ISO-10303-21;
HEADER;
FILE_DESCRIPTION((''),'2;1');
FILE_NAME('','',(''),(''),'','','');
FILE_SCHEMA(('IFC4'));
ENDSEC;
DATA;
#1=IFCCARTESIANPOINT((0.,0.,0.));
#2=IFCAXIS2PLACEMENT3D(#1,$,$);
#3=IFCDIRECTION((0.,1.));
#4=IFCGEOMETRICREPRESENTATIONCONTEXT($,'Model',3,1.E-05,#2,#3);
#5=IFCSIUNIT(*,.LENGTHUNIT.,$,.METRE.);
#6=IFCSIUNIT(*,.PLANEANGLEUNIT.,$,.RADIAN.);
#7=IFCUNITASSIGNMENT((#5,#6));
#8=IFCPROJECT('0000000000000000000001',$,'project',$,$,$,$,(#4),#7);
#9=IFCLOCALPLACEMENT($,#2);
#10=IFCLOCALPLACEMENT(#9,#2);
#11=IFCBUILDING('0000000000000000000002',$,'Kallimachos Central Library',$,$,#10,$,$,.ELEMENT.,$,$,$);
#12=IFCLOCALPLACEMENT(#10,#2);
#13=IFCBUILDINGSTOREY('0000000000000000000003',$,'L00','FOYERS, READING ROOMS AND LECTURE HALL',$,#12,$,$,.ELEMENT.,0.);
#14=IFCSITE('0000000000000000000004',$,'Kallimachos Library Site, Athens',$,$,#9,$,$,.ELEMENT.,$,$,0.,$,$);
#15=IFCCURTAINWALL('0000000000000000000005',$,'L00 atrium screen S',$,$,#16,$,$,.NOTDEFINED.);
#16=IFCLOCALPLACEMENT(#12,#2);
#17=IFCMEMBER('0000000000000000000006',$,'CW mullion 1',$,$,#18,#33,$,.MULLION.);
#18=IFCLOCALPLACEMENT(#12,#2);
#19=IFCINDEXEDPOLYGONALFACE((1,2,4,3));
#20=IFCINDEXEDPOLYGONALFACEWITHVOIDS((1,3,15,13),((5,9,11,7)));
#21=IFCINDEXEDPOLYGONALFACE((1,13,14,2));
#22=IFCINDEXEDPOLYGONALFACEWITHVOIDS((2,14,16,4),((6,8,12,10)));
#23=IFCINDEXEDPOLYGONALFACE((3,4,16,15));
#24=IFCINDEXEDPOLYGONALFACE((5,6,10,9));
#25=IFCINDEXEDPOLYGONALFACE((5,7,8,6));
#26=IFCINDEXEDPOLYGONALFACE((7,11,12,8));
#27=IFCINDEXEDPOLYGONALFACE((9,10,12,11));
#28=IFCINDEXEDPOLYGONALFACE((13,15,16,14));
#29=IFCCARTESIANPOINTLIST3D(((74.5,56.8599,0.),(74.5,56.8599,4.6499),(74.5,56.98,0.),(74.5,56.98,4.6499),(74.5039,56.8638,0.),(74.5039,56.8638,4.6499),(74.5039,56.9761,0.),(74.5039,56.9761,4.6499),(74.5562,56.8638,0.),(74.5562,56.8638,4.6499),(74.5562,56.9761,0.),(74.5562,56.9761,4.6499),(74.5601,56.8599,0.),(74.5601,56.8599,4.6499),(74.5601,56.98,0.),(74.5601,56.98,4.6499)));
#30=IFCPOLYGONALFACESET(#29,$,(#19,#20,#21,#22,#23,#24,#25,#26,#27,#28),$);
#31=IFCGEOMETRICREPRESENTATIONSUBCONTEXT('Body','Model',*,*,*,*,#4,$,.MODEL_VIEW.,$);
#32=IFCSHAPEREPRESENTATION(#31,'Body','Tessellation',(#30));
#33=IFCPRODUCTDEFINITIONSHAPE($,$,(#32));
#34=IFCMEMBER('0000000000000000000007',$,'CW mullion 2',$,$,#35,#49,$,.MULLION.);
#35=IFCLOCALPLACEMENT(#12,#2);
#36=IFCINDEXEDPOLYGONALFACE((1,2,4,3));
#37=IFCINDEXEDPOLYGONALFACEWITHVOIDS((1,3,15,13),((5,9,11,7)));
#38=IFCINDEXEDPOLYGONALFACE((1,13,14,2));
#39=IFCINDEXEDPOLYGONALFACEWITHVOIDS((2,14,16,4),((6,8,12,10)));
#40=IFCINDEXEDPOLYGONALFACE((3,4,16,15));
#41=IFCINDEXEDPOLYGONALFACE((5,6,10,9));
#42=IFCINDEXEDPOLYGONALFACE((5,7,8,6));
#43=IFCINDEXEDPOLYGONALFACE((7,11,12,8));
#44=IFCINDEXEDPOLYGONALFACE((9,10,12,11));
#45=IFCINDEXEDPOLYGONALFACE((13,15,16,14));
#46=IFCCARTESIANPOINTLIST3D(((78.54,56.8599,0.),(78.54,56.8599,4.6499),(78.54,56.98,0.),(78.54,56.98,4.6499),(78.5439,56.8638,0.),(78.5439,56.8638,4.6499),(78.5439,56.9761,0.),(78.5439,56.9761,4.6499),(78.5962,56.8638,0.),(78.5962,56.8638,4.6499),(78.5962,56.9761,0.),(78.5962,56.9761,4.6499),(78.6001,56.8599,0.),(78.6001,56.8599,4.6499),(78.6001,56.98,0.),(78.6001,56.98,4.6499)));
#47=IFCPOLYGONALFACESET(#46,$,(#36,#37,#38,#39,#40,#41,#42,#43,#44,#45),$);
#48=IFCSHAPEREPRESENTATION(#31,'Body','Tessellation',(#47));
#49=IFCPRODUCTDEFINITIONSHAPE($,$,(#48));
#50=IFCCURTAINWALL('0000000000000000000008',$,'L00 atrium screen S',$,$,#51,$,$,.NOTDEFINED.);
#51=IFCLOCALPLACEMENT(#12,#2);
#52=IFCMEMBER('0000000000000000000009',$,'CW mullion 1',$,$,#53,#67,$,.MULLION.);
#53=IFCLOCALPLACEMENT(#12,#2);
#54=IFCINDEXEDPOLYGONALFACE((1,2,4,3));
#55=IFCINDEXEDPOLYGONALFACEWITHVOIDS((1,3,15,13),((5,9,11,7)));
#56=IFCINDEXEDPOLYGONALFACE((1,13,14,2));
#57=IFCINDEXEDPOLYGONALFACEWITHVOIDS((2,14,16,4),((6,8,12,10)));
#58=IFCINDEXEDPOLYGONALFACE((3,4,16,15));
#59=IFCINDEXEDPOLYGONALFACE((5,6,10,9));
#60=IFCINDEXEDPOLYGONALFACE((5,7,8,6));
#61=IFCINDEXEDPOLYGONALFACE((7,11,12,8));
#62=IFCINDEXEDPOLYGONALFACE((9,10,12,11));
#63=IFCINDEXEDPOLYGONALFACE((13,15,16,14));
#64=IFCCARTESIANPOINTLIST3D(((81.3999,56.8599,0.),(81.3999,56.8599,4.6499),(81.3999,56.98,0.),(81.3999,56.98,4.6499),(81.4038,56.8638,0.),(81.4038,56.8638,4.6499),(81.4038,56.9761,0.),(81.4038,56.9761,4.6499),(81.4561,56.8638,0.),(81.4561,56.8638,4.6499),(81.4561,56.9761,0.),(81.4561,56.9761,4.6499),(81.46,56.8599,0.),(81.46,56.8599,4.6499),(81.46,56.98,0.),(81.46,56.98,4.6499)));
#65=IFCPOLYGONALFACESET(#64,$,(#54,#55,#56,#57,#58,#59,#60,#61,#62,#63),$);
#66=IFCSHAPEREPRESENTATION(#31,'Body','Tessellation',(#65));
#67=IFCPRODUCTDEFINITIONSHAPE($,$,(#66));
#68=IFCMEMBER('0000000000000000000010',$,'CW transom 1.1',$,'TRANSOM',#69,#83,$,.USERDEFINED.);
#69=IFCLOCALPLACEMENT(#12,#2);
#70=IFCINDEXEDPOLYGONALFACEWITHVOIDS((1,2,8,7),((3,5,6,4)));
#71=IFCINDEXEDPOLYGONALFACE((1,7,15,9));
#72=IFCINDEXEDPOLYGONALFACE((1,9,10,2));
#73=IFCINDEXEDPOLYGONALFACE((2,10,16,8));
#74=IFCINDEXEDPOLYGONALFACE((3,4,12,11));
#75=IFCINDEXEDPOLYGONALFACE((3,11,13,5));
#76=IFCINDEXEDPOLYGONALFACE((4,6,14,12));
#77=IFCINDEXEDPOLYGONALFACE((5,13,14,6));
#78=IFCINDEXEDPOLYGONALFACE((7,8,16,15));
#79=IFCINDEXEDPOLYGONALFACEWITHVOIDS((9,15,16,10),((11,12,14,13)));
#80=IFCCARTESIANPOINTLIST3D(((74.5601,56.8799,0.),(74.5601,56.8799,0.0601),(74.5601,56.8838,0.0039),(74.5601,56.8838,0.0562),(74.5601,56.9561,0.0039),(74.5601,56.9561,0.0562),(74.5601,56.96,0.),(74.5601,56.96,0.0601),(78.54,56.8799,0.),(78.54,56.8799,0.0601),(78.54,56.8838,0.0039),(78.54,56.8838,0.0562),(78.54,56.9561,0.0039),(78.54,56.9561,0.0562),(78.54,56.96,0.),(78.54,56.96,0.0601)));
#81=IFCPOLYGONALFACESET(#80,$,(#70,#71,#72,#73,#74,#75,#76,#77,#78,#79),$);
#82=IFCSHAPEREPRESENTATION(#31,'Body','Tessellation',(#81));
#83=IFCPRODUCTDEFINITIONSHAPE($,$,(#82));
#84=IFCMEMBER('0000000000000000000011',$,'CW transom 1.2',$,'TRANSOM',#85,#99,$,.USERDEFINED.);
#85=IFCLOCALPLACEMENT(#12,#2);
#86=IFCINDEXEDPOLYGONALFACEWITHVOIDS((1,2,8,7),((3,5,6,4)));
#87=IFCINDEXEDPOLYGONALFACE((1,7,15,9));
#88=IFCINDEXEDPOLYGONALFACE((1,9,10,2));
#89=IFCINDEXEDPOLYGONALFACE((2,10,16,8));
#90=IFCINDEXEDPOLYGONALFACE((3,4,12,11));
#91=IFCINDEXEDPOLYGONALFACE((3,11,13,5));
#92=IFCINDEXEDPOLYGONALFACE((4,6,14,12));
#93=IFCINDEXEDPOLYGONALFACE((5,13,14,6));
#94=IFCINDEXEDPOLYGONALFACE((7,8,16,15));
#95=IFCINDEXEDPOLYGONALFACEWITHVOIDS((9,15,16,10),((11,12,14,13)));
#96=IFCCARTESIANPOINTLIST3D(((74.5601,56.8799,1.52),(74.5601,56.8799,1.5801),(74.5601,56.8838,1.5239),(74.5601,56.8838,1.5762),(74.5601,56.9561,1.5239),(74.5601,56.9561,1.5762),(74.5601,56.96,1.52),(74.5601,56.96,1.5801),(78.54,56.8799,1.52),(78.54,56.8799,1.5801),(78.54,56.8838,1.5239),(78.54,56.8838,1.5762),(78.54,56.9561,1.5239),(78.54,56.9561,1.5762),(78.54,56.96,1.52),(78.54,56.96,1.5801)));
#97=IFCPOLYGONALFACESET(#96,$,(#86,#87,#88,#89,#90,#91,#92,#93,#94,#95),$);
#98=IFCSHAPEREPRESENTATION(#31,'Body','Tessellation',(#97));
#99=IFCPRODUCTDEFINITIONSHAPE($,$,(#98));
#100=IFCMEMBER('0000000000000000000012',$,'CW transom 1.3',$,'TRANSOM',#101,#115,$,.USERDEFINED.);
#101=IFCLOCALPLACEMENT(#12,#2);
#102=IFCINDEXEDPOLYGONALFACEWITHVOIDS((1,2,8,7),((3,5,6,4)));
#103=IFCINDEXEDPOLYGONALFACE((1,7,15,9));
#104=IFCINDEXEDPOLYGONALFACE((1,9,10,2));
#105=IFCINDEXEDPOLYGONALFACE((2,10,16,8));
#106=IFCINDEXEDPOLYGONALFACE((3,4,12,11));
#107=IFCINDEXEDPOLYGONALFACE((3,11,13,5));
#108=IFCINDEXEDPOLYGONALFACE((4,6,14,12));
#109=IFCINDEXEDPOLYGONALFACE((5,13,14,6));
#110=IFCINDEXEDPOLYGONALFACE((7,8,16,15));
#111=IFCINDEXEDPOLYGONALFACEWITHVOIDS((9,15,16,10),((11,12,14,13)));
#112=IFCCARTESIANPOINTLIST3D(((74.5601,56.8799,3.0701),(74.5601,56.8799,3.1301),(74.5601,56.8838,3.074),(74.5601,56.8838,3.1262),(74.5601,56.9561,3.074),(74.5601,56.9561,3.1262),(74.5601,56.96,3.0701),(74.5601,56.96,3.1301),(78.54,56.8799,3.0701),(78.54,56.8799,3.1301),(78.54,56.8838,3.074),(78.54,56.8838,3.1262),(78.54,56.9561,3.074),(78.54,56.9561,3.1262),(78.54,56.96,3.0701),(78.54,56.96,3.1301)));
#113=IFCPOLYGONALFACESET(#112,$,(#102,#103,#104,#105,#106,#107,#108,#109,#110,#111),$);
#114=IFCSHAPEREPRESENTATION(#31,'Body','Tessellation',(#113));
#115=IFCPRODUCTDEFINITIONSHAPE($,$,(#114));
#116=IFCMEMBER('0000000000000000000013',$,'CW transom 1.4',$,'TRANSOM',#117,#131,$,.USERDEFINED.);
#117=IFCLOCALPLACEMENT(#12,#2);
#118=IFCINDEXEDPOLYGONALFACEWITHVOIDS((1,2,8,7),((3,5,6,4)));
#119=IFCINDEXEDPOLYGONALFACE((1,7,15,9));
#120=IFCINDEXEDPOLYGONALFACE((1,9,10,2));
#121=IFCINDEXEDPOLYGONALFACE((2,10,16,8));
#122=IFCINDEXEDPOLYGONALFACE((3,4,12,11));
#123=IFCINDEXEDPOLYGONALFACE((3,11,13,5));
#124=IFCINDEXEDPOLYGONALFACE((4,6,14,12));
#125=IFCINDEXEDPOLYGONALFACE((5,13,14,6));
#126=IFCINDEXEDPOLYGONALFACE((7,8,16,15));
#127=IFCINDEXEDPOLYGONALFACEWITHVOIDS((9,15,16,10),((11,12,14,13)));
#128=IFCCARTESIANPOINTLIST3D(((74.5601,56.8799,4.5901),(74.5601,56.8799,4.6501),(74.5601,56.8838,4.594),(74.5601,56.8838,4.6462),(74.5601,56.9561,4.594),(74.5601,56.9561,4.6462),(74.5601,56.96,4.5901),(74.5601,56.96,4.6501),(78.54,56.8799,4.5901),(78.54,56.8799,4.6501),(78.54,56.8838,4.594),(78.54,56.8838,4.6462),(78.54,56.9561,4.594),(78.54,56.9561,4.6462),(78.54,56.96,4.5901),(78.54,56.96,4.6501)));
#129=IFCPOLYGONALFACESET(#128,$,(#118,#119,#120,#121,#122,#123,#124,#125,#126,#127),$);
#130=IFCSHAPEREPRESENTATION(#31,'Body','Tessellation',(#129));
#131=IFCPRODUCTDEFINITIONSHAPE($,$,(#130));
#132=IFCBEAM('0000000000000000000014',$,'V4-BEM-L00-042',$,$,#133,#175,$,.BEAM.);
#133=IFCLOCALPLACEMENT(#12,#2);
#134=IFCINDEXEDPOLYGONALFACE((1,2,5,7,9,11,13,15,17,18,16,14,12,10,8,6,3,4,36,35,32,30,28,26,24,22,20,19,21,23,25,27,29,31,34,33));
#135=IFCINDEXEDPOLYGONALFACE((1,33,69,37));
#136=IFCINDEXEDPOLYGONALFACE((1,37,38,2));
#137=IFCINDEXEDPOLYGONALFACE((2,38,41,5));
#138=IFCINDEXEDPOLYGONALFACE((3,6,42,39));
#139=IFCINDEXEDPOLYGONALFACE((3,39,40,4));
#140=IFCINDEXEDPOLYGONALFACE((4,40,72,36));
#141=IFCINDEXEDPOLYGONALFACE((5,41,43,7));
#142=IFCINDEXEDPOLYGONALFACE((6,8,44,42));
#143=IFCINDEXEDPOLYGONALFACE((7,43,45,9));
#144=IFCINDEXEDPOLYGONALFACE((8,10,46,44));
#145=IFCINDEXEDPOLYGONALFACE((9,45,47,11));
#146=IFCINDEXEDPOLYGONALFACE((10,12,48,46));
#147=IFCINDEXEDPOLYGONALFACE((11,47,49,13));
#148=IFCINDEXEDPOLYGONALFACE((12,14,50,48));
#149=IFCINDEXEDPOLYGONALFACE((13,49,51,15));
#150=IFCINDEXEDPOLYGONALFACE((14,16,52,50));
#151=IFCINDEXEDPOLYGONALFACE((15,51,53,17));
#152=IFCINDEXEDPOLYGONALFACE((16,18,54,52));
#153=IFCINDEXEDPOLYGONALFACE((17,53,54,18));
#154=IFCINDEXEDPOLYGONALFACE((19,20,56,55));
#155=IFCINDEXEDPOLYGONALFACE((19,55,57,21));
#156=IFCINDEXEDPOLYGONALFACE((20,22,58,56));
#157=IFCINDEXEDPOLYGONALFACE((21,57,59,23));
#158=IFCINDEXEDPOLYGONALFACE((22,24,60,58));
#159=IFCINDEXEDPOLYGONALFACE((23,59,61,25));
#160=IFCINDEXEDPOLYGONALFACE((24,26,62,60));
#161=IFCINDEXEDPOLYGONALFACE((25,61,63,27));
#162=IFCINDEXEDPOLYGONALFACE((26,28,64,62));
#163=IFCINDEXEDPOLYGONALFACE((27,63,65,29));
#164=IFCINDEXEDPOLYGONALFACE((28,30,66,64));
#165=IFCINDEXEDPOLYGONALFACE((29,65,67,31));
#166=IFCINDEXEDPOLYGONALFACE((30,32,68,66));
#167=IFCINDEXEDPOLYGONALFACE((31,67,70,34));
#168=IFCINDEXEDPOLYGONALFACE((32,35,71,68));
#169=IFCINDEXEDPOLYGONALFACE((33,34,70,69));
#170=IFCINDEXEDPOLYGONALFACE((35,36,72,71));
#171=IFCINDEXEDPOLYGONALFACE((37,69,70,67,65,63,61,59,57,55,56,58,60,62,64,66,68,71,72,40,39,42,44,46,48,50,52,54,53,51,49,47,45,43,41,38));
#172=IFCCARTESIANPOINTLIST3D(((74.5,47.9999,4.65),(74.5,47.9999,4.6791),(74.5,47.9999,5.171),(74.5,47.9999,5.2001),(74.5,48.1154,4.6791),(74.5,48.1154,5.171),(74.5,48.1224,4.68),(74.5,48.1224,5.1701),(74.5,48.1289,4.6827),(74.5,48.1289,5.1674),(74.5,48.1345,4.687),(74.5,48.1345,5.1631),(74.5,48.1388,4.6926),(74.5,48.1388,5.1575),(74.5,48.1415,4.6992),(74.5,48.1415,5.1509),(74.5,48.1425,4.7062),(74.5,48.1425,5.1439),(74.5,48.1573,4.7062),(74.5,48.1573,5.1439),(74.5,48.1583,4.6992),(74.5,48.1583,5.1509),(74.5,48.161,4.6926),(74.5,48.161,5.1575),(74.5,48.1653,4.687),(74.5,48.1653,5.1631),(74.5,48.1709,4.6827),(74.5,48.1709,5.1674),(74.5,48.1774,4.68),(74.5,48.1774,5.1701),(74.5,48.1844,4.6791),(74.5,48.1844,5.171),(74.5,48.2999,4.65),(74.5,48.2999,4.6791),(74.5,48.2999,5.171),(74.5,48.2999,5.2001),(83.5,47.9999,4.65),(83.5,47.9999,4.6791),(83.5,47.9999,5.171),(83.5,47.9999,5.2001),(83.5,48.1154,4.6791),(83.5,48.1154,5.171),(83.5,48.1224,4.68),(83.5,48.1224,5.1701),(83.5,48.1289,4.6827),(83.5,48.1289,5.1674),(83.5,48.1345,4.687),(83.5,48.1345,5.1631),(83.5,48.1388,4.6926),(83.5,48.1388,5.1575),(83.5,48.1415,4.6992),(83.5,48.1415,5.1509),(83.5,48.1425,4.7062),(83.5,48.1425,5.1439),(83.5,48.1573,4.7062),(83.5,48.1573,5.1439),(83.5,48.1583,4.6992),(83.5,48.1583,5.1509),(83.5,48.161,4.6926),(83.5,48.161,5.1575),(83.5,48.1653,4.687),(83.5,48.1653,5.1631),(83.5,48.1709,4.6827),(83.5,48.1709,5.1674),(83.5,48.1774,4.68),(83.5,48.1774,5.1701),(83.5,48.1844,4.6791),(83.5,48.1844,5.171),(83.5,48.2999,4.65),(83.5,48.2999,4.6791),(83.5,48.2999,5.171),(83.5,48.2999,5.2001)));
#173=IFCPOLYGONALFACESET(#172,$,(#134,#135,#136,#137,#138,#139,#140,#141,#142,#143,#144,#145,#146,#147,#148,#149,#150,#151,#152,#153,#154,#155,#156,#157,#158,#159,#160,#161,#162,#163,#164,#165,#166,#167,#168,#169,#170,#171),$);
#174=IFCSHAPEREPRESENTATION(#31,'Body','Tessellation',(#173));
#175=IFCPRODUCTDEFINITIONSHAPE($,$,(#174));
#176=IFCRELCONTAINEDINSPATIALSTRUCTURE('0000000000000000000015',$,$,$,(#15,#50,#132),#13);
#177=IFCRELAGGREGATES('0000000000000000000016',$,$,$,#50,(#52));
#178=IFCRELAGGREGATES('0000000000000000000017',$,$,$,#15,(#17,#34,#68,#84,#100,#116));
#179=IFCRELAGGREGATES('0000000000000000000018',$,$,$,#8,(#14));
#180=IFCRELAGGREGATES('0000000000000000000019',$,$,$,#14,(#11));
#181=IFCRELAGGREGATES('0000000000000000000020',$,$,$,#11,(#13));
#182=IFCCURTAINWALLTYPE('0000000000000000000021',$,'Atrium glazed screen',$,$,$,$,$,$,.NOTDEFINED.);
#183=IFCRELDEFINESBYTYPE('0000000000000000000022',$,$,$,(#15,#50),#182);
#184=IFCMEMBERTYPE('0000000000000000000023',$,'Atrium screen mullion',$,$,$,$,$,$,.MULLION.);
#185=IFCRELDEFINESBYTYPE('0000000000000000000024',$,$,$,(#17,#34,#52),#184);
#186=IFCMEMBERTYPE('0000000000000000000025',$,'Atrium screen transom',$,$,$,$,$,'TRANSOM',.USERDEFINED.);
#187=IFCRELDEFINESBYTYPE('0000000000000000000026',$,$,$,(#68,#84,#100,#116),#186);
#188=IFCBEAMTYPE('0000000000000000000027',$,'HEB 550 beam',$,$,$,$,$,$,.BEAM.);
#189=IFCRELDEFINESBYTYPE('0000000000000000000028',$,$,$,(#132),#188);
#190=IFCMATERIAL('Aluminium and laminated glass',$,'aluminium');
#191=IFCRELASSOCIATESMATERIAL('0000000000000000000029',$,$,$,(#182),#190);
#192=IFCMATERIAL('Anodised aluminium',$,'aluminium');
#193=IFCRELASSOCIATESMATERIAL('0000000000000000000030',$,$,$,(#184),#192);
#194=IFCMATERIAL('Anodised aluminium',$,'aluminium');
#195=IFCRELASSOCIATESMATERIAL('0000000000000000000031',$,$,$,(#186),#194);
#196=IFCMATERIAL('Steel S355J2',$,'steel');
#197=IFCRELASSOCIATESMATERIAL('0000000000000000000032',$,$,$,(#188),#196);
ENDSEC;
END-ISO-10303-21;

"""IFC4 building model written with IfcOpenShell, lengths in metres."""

from ifc_helpers import new_model, si_unit, direction, frame, origin, origin_2d, place, context, subcontext, project, spatial, hollow_rectangle, i_section, extrude, material, material_profile, profile_set, type_object, element, aggregate, save


model = new_model("IFC4")

# Units and contexts
model_context = context("Model", 3, precision=1e-05, world=origin(), true_north=direction((0.0, 1.0)))
body_context = subcontext(model_context, "Body", "Model", "MODEL_VIEW")
ifc_project = project(units=[si_unit("LENGTHUNIT", "METRE"), si_unit("PLANEANGLEUNIT", "RADIAN")], contexts=[model_context])

# Site, building, storey
site_placement = place(None, origin())
site = spatial("IfcSite", under=ifc_project, at=site_placement, Name="Kallimachos Library Site, Athens", CompositionType="ELEMENT", RefElevation=0.0)
building_placement = place(site_placement, origin())
building = spatial("IfcBuilding", under=site, at=building_placement, Name="Kallimachos Central Library", CompositionType="ELEMENT")
storey_placement = place(building_placement, origin())
storey = spatial("IfcBuildingStorey", under=building, at=storey_placement, Name="L00", Description="FOYERS, READING ROOMS AND LECTURE HALL", CompositionType="ELEMENT", Elevation=0.0)

# Curtain wall, members
ifc_material_1 = material(Name="Aluminium and laminated glass", Category="aluminium")
curtain_wall_type = type_object("IfcCurtainWallType", Name="Atrium glazed screen", PredefinedType="NOTDEFINED", material=ifc_material_1)
curtain_wall_1_placement = place(storey_placement, origin())
curtain_wall_1 = element("IfcCurtainWall", 1, at=curtain_wall_1_placement, inside=storey, type_object=curtain_wall_type, Name="L00 atrium screen S", PredefinedType="NOTDEFINED")
ifc_material_2 = material(Name="Anodised aluminium", Category="aluminium")
ifc_material_profile_1 = material_profile(ifc_material_2, hollow_rectangle(XDim=0.0601, YDim=0.1201, WallThickness=0.0039, at=origin_2d()), Name="ALU MULLION 60x120")
ifc_profile_set_1 = profile_set([ifc_material_profile_1], Name="Anodised aluminium")
member_type_1 = type_object("IfcMemberType", Name="Atrium screen mullion", PredefinedType="MULLION", material=ifc_profile_set_1)
member_1_placement = place(storey_placement, frame((74.53, 56.9199, 0.0), z_axis=(0.0, 0.0, 1.0), x_axis=(1.0, 0.0, 0.0)))
member_1 = element("IfcMember", 2, at=member_1_placement, type_object=member_type_1, Name="CW mullion 1", PredefinedType="MULLION", context=body_context, shape_type="SweptSolid", body=[
    extrude(hollow_rectangle(XDim=0.0601, YDim=0.1201, WallThickness=0.0039, at=origin_2d()), origin(), (0.0, 0.0, 1.0), 4.6499),
])
member_2_placement = place(storey_placement, frame((78.5701, 56.9199, 0.0), z_axis=(0.0, 0.0, 1.0), x_axis=(1.0, 0.0, 0.0)))
member_2 = element("IfcMember", 3, at=member_2_placement, type_object=member_type_1, Name="CW mullion 2", PredefinedType="MULLION", context=body_context, shape_type="SweptSolid", body=[
    extrude(hollow_rectangle(XDim=0.0601, YDim=0.1201, WallThickness=0.0039, at=origin_2d()), origin(), (0.0, 0.0, 1.0), 4.6499),
])

# Curtain wall, member
curtain_wall_2_placement = place(storey_placement, origin())
curtain_wall_2 = element("IfcCurtainWall", 4, at=curtain_wall_2_placement, inside=storey, type_object=curtain_wall_type, Name="L00 atrium screen S", PredefinedType="NOTDEFINED")
member_3_placement = place(storey_placement, frame((81.4299, 56.9199, 0.0), z_axis=(0.0, 0.0, 1.0), x_axis=(1.0, 0.0, 0.0)))
member_3 = element("IfcMember", 5, at=member_3_placement, type_object=member_type_1, Name="CW mullion 1", PredefinedType="MULLION", context=body_context, shape_type="SweptSolid", body=[
    extrude(hollow_rectangle(XDim=0.0601, YDim=0.1201, WallThickness=0.0039, at=origin_2d()), origin(), (0.0, 0.0, 1.0), 4.6499),
])
aggregate(curtain_wall_2, [member_3])

# Members
ifc_material_3 = material(Name="Anodised aluminium", Category="aluminium")
ifc_material_profile_2 = material_profile(ifc_material_3, hollow_rectangle(XDim=0.0601, YDim=0.0801, WallThickness=0.0039, at=origin_2d()), Name="ALU TRANSOM 60x80")
ifc_profile_set_2 = profile_set([ifc_material_profile_2], Name="Anodised aluminium")
member_type_2 = type_object("IfcMemberType", Name="Atrium screen transom", ElementType="TRANSOM", PredefinedType="USERDEFINED", material=ifc_profile_set_2)
member_4_placement = place(storey_placement, frame((74.5601, 56.9199, 0.03), z_axis=(1.0, 0.0, 0.0), x_axis=(0.0, 0.0, 1.0)))
member_4 = element("IfcMember", 6, at=member_4_placement, type_object=member_type_2, Name="CW transom 1.1", ObjectType="TRANSOM", PredefinedType="USERDEFINED", context=body_context, shape_type="SweptSolid", body=[
    extrude(hollow_rectangle(XDim=0.0601, YDim=0.0801, WallThickness=0.0039, at=origin_2d()), origin(), (0.0, 0.0, 1.0), 3.98),
])
member_5_placement = place(storey_placement, frame((74.5601, 56.9199, 1.55), z_axis=(1.0, 0.0, 0.0), x_axis=(0.0, 0.0, 1.0)))
member_5 = element("IfcMember", 7, at=member_5_placement, type_object=member_type_2, Name="CW transom 1.2", ObjectType="TRANSOM", PredefinedType="USERDEFINED", context=body_context, shape_type="SweptSolid", body=[
    extrude(hollow_rectangle(XDim=0.0601, YDim=0.0801, WallThickness=0.0039, at=origin_2d()), origin(), (0.0, 0.0, 1.0), 3.98),
])
member_6_placement = place(storey_placement, frame((74.5601, 56.9199, 3.1001), z_axis=(1.0, 0.0, 0.0), x_axis=(0.0, 0.0, 1.0)))
member_6 = element("IfcMember", 8, at=member_6_placement, type_object=member_type_2, Name="CW transom 1.3", ObjectType="TRANSOM", PredefinedType="USERDEFINED", context=body_context, shape_type="SweptSolid", body=[
    extrude(hollow_rectangle(XDim=0.0601, YDim=0.0801, WallThickness=0.0039, at=origin_2d()), origin(), (0.0, 0.0, 1.0), 3.98),
])
member_7_placement = place(storey_placement, frame((74.5601, 56.9199, 4.6201), z_axis=(1.0, 0.0, 0.0), x_axis=(0.0, 0.0, 1.0)))
member_7 = element("IfcMember", 9, at=member_7_placement, type_object=member_type_2, Name="CW transom 1.4", ObjectType="TRANSOM", PredefinedType="USERDEFINED", context=body_context, shape_type="SweptSolid", body=[
    extrude(hollow_rectangle(XDim=0.0601, YDim=0.0801, WallThickness=0.0039, at=origin_2d()), origin(), (0.0, 0.0, 1.0), 3.98),
])

# Beam
ifc_material_4 = material(Name="Steel S355J2", Category="steel")
ifc_material_profile_3 = material_profile(ifc_material_4, i_section(OverallWidth=0.3, OverallDepth=0.55, WebThickness=0.0149, FlangeThickness=0.0291, FilletRadius=0.0271, at=origin_2d()), Name="HEB 550")
ifc_profile_set_3 = profile_set([ifc_material_profile_3], Name="Steel S355J2")
beam_type_1 = type_object("IfcBeamType", Name="HEB 550 beam", PredefinedType="BEAM", material=ifc_profile_set_3)
beam_1_placement = place(storey_placement, frame((74.5, 48.1499, 4.925), z_axis=(1.0, 0.0, 0.0), x_axis=(0.0, 1.0, 0.0)))
element("IfcBeam", 10, at=beam_1_placement, inside=storey, type_object=beam_type_1, Name="V4-BEM-L00-042", PredefinedType="BEAM", context=body_context, shape_type="SweptSolid", body=[
    extrude(i_section(OverallWidth=0.3, OverallDepth=0.55, WebThickness=0.0149, FlangeThickness=0.0291, FilletRadius=0.0271, at=origin_2d()), origin(), (0.0, 0.0, 1.0), 9.0),
])

aggregate(curtain_wall_1, [member_1, member_2, member_4, member_5, member_6, member_7])

save(model, "model.ifc")
